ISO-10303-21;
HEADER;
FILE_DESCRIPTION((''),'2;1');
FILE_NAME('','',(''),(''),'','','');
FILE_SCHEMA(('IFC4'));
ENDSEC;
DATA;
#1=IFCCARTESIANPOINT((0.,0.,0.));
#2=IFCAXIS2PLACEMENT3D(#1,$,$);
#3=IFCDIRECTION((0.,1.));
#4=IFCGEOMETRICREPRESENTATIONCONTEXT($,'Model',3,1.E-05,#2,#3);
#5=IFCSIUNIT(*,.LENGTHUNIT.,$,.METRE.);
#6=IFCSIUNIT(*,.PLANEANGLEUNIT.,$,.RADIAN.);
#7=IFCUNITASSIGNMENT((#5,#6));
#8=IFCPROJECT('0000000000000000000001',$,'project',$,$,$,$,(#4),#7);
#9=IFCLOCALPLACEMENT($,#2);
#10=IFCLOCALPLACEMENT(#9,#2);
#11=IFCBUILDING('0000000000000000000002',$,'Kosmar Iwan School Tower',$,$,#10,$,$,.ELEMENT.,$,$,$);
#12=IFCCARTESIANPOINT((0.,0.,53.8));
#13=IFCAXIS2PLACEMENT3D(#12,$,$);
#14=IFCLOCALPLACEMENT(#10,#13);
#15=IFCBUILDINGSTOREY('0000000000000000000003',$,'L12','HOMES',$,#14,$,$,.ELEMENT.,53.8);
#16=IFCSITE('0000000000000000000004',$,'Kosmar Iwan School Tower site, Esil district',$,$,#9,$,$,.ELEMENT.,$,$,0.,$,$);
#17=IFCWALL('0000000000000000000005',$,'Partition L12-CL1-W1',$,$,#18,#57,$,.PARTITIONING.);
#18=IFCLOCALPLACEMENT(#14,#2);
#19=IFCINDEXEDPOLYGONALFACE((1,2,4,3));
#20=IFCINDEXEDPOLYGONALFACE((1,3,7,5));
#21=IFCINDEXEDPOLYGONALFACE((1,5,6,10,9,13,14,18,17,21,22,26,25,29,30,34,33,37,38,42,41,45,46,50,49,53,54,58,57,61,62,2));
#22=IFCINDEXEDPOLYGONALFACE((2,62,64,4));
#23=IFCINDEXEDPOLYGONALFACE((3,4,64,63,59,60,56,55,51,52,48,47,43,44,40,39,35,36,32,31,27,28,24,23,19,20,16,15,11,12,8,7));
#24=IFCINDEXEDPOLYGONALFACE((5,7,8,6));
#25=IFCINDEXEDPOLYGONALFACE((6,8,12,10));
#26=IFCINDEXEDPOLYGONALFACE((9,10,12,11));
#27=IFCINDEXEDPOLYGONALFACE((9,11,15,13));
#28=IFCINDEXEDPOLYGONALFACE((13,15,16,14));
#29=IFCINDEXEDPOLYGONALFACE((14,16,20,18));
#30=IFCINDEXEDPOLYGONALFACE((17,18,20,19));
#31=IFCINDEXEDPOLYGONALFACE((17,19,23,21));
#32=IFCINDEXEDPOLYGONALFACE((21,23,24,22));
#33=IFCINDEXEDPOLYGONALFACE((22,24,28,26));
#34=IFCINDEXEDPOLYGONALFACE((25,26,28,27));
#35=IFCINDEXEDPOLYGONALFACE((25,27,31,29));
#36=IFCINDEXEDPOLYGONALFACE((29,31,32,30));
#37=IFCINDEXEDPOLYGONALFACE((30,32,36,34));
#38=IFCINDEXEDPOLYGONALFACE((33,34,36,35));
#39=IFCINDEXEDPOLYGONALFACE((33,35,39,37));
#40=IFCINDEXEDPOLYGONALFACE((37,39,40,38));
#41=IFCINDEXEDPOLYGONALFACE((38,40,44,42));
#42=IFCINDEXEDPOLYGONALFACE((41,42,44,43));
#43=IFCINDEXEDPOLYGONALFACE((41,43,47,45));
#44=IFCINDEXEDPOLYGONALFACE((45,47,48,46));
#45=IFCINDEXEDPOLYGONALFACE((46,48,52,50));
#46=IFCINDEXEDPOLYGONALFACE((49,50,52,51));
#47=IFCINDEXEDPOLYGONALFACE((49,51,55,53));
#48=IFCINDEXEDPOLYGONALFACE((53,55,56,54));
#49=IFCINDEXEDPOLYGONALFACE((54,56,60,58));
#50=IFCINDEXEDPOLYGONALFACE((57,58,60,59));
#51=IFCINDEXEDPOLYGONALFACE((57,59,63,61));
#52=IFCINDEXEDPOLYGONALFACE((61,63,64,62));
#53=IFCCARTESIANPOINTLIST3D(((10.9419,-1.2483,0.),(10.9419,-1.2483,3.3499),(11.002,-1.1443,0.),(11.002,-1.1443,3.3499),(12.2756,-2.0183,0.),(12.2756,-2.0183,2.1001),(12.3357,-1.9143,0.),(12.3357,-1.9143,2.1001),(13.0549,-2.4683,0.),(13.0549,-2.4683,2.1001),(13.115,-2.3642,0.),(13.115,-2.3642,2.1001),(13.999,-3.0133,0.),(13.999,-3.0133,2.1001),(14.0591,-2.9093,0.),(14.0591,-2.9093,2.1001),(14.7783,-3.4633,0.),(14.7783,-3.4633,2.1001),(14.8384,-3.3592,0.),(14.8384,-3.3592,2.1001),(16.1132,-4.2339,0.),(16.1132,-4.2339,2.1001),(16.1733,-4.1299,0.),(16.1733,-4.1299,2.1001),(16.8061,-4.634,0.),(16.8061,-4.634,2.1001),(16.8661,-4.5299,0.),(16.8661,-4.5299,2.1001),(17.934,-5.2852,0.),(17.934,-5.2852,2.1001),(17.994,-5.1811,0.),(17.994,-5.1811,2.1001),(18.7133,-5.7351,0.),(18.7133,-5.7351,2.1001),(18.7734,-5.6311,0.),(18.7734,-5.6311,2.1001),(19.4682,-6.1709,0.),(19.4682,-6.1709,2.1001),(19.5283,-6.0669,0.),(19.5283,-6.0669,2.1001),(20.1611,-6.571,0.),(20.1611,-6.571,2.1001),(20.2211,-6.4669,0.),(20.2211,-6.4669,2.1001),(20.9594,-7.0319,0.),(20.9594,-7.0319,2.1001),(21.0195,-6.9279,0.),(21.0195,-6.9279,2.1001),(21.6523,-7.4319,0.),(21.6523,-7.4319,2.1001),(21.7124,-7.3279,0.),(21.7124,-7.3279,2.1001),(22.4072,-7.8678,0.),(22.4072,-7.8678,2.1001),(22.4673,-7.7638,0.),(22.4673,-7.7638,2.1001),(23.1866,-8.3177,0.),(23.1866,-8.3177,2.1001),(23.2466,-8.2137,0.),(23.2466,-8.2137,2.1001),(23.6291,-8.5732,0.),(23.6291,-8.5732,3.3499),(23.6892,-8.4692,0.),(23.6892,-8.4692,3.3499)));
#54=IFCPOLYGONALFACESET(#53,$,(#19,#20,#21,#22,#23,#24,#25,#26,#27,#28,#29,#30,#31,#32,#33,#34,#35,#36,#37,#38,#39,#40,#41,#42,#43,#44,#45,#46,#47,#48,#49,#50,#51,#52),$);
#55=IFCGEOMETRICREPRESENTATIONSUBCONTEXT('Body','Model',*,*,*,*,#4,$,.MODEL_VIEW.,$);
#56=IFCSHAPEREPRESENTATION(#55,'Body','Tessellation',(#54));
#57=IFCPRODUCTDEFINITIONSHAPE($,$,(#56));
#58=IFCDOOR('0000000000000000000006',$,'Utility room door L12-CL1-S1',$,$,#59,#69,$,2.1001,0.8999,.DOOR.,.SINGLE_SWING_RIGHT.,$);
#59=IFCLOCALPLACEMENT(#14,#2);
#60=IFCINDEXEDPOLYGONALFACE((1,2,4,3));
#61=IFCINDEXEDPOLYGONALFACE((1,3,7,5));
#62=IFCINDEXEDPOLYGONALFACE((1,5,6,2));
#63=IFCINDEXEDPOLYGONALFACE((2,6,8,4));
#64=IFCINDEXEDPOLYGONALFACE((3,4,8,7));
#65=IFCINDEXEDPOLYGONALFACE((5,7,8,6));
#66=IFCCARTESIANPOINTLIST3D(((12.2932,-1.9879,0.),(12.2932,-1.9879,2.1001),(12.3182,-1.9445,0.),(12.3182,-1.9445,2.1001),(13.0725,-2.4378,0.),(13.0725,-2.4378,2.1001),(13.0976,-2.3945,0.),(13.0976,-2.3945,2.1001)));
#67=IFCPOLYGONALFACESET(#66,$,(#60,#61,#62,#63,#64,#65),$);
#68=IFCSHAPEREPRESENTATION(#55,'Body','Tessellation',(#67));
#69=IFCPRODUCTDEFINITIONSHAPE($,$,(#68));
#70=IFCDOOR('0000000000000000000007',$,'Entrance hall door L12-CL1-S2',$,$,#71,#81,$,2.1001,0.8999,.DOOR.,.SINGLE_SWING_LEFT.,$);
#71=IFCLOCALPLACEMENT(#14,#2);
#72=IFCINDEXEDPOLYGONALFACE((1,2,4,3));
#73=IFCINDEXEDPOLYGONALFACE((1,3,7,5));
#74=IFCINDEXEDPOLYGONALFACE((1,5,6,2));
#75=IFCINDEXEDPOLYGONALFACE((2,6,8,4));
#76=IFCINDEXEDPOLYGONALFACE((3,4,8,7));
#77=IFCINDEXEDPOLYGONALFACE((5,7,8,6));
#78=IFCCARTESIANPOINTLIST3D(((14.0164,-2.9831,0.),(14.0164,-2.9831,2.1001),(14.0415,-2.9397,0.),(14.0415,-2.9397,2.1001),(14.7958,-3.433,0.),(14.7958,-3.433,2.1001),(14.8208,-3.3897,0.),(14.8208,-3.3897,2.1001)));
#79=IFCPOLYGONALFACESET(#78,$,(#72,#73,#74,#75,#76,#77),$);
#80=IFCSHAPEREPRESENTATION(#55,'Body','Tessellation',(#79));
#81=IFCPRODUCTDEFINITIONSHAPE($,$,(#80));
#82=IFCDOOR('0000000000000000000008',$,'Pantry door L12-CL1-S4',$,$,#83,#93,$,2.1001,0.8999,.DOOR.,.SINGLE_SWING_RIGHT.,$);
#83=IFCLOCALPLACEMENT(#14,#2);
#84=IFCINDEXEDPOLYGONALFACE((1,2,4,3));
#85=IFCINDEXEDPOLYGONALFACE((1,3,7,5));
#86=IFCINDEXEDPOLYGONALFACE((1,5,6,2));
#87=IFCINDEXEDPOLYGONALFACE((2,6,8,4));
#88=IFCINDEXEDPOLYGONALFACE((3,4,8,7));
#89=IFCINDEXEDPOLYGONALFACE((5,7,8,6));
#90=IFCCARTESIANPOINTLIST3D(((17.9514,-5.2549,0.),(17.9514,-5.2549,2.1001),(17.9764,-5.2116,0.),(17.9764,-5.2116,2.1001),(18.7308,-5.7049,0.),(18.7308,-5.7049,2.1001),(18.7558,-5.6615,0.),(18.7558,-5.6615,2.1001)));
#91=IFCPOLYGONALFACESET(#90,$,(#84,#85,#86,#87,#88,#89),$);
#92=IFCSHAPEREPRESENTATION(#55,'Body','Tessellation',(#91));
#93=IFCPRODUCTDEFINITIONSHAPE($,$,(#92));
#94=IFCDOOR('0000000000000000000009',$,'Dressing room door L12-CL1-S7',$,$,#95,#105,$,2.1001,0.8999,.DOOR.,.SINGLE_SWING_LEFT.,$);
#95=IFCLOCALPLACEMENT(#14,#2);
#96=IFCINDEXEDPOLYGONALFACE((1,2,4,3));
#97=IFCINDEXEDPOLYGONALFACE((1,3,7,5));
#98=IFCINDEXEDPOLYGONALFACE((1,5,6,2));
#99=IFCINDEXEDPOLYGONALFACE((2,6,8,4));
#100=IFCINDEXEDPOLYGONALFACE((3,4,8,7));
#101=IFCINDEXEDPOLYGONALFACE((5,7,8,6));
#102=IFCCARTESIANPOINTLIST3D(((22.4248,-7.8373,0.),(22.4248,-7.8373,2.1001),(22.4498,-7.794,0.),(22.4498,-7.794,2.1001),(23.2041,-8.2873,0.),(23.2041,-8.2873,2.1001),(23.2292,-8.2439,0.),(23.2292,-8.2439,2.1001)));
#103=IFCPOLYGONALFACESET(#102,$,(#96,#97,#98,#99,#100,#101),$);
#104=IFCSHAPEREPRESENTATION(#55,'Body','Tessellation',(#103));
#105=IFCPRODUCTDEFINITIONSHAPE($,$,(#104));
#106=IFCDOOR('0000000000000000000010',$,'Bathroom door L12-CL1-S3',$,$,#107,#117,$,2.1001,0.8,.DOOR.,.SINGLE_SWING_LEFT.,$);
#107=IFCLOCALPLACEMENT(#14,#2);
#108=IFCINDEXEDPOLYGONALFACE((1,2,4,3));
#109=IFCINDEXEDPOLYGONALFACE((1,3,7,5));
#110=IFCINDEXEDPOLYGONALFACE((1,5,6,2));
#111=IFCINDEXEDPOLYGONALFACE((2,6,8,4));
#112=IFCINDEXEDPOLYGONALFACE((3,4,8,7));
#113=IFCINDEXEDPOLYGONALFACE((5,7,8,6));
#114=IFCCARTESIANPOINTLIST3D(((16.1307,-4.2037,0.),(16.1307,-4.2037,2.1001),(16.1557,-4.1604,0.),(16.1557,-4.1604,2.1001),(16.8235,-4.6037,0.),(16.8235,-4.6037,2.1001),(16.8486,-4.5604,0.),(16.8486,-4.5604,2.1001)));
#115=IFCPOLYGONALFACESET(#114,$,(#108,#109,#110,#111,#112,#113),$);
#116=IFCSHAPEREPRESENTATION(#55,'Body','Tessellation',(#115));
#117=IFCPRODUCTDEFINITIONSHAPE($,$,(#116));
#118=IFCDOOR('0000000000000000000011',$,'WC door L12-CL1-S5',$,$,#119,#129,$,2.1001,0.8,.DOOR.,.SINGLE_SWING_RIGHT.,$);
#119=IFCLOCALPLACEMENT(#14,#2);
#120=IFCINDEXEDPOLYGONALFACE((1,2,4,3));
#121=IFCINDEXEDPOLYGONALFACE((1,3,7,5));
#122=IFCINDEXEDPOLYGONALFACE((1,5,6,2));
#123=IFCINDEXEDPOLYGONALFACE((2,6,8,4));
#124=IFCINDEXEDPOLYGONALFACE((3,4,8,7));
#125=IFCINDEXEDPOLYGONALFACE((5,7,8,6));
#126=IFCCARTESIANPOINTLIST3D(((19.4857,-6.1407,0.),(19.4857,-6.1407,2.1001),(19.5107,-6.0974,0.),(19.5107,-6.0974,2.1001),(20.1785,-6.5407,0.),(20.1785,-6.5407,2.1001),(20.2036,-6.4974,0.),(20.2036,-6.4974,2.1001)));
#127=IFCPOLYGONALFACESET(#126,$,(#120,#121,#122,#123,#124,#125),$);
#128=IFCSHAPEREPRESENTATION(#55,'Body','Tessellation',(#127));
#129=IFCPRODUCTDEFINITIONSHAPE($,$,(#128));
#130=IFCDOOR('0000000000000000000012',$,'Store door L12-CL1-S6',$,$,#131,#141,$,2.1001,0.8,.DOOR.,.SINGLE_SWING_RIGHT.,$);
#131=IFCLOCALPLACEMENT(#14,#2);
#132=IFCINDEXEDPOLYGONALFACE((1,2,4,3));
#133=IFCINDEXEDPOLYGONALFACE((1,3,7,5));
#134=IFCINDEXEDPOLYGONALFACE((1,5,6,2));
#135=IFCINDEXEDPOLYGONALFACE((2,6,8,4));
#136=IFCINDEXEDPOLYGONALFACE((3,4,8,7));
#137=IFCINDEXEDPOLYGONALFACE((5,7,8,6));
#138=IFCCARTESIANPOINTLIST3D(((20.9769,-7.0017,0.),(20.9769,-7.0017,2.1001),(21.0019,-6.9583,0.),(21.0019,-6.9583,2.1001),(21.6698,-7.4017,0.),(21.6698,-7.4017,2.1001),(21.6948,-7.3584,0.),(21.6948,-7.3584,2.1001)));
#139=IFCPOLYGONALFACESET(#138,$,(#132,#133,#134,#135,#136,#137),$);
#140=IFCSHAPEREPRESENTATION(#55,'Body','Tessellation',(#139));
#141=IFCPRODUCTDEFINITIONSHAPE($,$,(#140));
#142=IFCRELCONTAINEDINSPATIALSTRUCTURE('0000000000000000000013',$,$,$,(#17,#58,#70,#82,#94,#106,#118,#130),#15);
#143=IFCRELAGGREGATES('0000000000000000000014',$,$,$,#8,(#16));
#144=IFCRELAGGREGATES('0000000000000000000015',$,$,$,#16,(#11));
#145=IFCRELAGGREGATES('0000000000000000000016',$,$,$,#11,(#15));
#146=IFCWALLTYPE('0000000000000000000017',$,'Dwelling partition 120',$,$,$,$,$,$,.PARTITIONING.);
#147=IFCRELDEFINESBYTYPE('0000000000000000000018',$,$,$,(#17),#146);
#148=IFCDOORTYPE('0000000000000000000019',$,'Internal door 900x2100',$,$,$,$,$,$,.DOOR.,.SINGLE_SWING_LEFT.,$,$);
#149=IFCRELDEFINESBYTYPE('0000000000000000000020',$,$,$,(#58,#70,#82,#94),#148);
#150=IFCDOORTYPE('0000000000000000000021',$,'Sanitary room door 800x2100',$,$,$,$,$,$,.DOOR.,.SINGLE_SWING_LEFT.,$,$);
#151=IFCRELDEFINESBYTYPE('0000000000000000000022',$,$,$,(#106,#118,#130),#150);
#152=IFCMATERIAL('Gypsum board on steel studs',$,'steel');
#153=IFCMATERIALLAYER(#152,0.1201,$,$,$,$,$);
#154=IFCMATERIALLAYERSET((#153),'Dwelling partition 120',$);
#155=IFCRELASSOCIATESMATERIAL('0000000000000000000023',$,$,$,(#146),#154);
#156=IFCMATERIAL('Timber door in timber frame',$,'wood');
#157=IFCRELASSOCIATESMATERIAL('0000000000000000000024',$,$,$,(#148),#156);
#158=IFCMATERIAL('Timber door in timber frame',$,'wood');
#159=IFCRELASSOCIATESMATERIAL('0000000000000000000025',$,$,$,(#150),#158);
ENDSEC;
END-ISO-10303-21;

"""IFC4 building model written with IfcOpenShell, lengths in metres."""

from ifc_helpers import new_model, si_unit, direction, frame, frame_2d, origin, place, context, subcontext, project, spatial, rectangle, extrude, material, layer, layer_set, type_object, element, fill, save


model = new_model("IFC4")

# Units and contexts
model_context = context("Model", 3, precision=1e-05, world=origin(), true_north=direction((0.0, 1.0)))
body_context = subcontext(model_context, "Body", "Model", "MODEL_VIEW")
ifc_project = project(units=[si_unit("LENGTHUNIT", "METRE"), si_unit("PLANEANGLEUNIT", "RADIAN")], contexts=[model_context])

# Site, building, storey
site_placement = place(None, origin())
site = spatial("IfcSite", under=ifc_project, at=site_placement, Name="Kosmar Iwan School Tower site, Esil district", CompositionType="ELEMENT", RefElevation=0.0)
building_placement = place(site_placement, origin())
building = spatial("IfcBuilding", under=site, at=building_placement, Name="Kosmar Iwan School Tower", CompositionType="ELEMENT")
storey_placement = place(building_placement, frame((0.0, 0.0, 53.8)))
storey = spatial("IfcBuildingStorey", under=building, at=storey_placement, Name="L12", Description="HOMES", CompositionType="ELEMENT", Elevation=53.8)

# Wall, openings, doors
ifc_material_1 = material(Name="Gypsum board on steel studs", Category="steel")
ifc_layer_1 = layer(ifc_material_1, 0.1201)
ifc_layer_set_1 = layer_set([ifc_layer_1], Name="Dwelling partition 120")
wall_type_1 = type_object("IfcWallType", Name="Dwelling partition 120", PredefinedType="PARTITIONING", material=ifc_layer_set_1)
wall_1_placement = place(storey_placement, frame((10.9719, -1.1963, 0.0), z_axis=(0.0, 0.0, 1.0), x_axis=(0.866027, -0.499998, 0.0)))
wall_1 = element("IfcWall", 1, at=wall_1_placement, inside=storey, type_object=wall_type_1, Name="Partition L12-CL1-W1", PredefinedType="PARTITIONING", context=body_context, shape_type="SweptSolid", body=[
    extrude(rectangle(XDim=14.6499, YDim=0.1201, at=frame_2d((7.325, 0.0))), origin(), (0.0, 0.0, 1.0), 3.3499),
])
opening_1_placement = place(wall_1_placement, frame((1.54, 0.0, 0.0)))
opening_1 = element("IfcOpeningElement", 2, at=opening_1_placement, cuts=wall_1, PredefinedType="OPENING", context=body_context, shape_type="SweptSolid", body=[
    extrude(rectangle(XDim=0.8999, YDim=2.1001, at=frame_2d((0.45, 1.05))), frame((0.0, 0.072, 0.0), z_axis=(0.0, -1.0, 0.0), x_axis=(1.0, 0.0, 0.0)), (0.0, 0.0, 1.0), 0.144),
])
opening_2_placement = place(wall_1_placement, frame((3.53, 0.0, 0.0)))
opening_2 = element("IfcOpeningElement", 3, at=opening_2_placement, cuts=wall_1, PredefinedType="OPENING", context=body_context, shape_type="SweptSolid", body=[
    extrude(rectangle(XDim=0.8999, YDim=2.1001, at=frame_2d((0.45, 1.05))), frame((0.0, 0.072, 0.0), z_axis=(0.0, -1.0, 0.0), x_axis=(1.0, 0.0, 0.0)), (0.0, 0.0, 1.0), 0.144),
])
opening_3_placement = place(wall_1_placement, frame((5.9714, 0.0, 0.0)))
opening_3 = element("IfcOpeningElement", 4, at=opening_3_placement, cuts=wall_1, PredefinedType="OPENING", context=body_context, shape_type="SweptSolid", body=[
    extrude(rectangle(XDim=0.8, YDim=2.1001, at=frame_2d((0.3999, 1.05))), frame((0.0, 0.072, 0.0), z_axis=(0.0, -1.0, 0.0), x_axis=(1.0, 0.0, 0.0)), (0.0, 0.0, 1.0), 0.144),
])
opening_4_placement = place(wall_1_placement, frame((8.0737, 0.0, 0.0)))
opening_4 = element("IfcOpeningElement", 5, at=opening_4_placement, cuts=wall_1, PredefinedType="OPENING", context=body_context, shape_type="SweptSolid", body=[
    extrude(rectangle(XDim=0.8999, YDim=2.1001, at=frame_2d((0.45, 1.05))), frame((0.0, 0.072, 0.0), z_axis=(0.0, -1.0, 0.0), x_axis=(1.0, 0.0, 0.0)), (0.0, 0.0, 1.0), 0.144),
])
opening_5_placement = place(wall_1_placement, frame((9.8455, 0.0, 0.0)))
opening_5 = element("IfcOpeningElement", 6, at=opening_5_placement, cuts=wall_1, PredefinedType="OPENING", context=body_context, shape_type="SweptSolid", body=[
    extrude(rectangle(XDim=0.8, YDim=2.1001, at=frame_2d((0.3999, 1.05))), frame((0.0, 0.072, 0.0), z_axis=(0.0, -1.0, 0.0), x_axis=(1.0, 0.0, 0.0)), (0.0, 0.0, 1.0), 0.144),
])
opening_6_placement = place(wall_1_placement, frame((11.5674, 0.0, 0.0)))
opening_6 = element("IfcOpeningElement", 7, at=opening_6_placement, cuts=wall_1, PredefinedType="OPENING", context=body_context, shape_type="SweptSolid", body=[
    extrude(rectangle(XDim=0.8, YDim=2.1001, at=frame_2d((0.3999, 1.05))), frame((0.0, 0.072, 0.0), z_axis=(0.0, -1.0, 0.0), x_axis=(1.0, 0.0, 0.0)), (0.0, 0.0, 1.0), 0.144),
])
opening_7_placement = place(wall_1_placement, frame((13.239, 0.0, 0.0)))
opening_7 = element("IfcOpeningElement", 8, at=opening_7_placement, cuts=wall_1, PredefinedType="OPENING", context=body_context, shape_type="SweptSolid", body=[
    extrude(rectangle(XDim=0.8999, YDim=2.1001, at=frame_2d((0.45, 1.05))), frame((0.0, 0.072, 0.0), z_axis=(0.0, -1.0, 0.0), x_axis=(1.0, 0.0, 0.0)), (0.0, 0.0, 1.0), 0.144),
])
ifc_material_2 = material(Name="Timber door in timber frame", Category="wood")
door_type_1 = type_object("IfcDoorType", Name="Internal door 900x2100", OperationType="SINGLE_SWING_LEFT", PredefinedType="DOOR", material=ifc_material_2)
door_1_placement = place(opening_1_placement, frame((0.8999, 0.0, 0.0), z_axis=(0.0, 0.0, 1.0), x_axis=(-1.0, 0.0, 0.0)))
door_1 = element("IfcDoor", 9, at=door_1_placement, inside=storey, type_object=door_type_1, Name="Utility room door L12-CL1-S1", OperationType="SINGLE_SWING_RIGHT", OverallHeight=2.1001, OverallWidth=0.8999, PredefinedType="DOOR", context=body_context, shape_type="SweptSolid", body=[
    extrude(rectangle(XDim=0.8999, YDim=2.1001, at=frame_2d((0.45, 1.05))), frame((0.0, 0.0249, 0.0), z_axis=(0.0, -1.0, 0.0), x_axis=(1.0, 0.0, 0.0)), (0.0, 0.0, 1.0), 0.05),
])
fill(opening_1, door_1)
door_2_placement = place(opening_2_placement, origin())
door_2 = element("IfcDoor", 10, at=door_2_placement, inside=storey, type_object=door_type_1, Name="Entrance hall door L12-CL1-S2", OperationType="SINGLE_SWING_LEFT", OverallHeight=2.1001, OverallWidth=0.8999, PredefinedType="DOOR", context=body_context, shape_type="SweptSolid", body=[
    extrude(rectangle(XDim=0.8999, YDim=2.1001, at=frame_2d((0.45, 1.05))), frame((0.0, 0.0249, 0.0), z_axis=(0.0, -1.0, 0.0), x_axis=(1.0, 0.0, 0.0)), (0.0, 0.0, 1.0), 0.05),
])
fill(opening_2, door_2)
door_3_placement = place(opening_4_placement, origin())
door_3 = element("IfcDoor", 11, at=door_3_placement, inside=storey, type_object=door_type_1, Name="Pantry door L12-CL1-S4", OperationType="SINGLE_SWING_RIGHT", OverallHeight=2.1001, OverallWidth=0.8999, PredefinedType="DOOR", context=body_context, shape_type="SweptSolid", body=[
    extrude(rectangle(XDim=0.8999, YDim=2.1001, at=frame_2d((0.45, 1.05))), frame((0.0, 0.0249, 0.0), z_axis=(0.0, -1.0, 0.0), x_axis=(1.0, 0.0, 0.0)), (0.0, 0.0, 1.0), 0.05),
])
fill(opening_4, door_3)
door_4_placement = place(opening_7_placement, frame((0.8999, 0.0, 0.0), z_axis=(0.0, 0.0, 1.0), x_axis=(-1.0, 0.0, 0.0)))
door_4 = element("IfcDoor", 12, at=door_4_placement, inside=storey, type_object=door_type_1, Name="Dressing room door L12-CL1-S7", OperationType="SINGLE_SWING_LEFT", OverallHeight=2.1001, OverallWidth=0.8999, PredefinedType="DOOR", context=body_context, shape_type="SweptSolid", body=[
    extrude(rectangle(XDim=0.8999, YDim=2.1001, at=frame_2d((0.45, 1.05))), frame((0.0, 0.0249, 0.0), z_axis=(0.0, -1.0, 0.0), x_axis=(1.0, 0.0, 0.0)), (0.0, 0.0, 1.0), 0.05),
])
fill(opening_7, door_4)
ifc_material_3 = material(Name="Timber door in timber frame", Category="wood")
door_type_2 = type_object("IfcDoorType", Name="Sanitary room door 800x2100", OperationType="SINGLE_SWING_LEFT", PredefinedType="DOOR", material=ifc_material_3)
door_5_placement = place(opening_3_placement, origin())
door_5 = element("IfcDoor", 13, at=door_5_placement, inside=storey, type_object=door_type_2, Name="Bathroom door L12-CL1-S3", OperationType="SINGLE_SWING_LEFT", OverallHeight=2.1001, OverallWidth=0.8, PredefinedType="DOOR", context=body_context, shape_type="SweptSolid", body=[
    extrude(rectangle(XDim=0.8, YDim=2.1001, at=frame_2d((0.3999, 1.05))), frame((0.0, 0.0249, 0.0), z_axis=(0.0, -1.0, 0.0), x_axis=(1.0, 0.0, 0.0)), (0.0, 0.0, 1.0), 0.05),
])
fill(opening_3, door_5)
door_6_placement = place(opening_5_placement, origin())
door_6 = element("IfcDoor", 14, at=door_6_placement, inside=storey, type_object=door_type_2, Name="WC door L12-CL1-S5", OperationType="SINGLE_SWING_RIGHT", OverallHeight=2.1001, OverallWidth=0.8, PredefinedType="DOOR", context=body_context, shape_type="SweptSolid", body=[
    extrude(rectangle(XDim=0.8, YDim=2.1001, at=frame_2d((0.3999, 1.05))), frame((0.0, 0.0249, 0.0), z_axis=(0.0, -1.0, 0.0), x_axis=(1.0, 0.0, 0.0)), (0.0, 0.0, 1.0), 0.05),
])
fill(opening_5, door_6)
door_7_placement = place(opening_6_placement, origin())
door_7 = element("IfcDoor", 15, at=door_7_placement, inside=storey, type_object=door_type_2, Name="Store door L12-CL1-S6", OperationType="SINGLE_SWING_RIGHT", OverallHeight=2.1001, OverallWidth=0.8, PredefinedType="DOOR", context=body_context, shape_type="SweptSolid", body=[
    extrude(rectangle(XDim=0.8, YDim=2.1001, at=frame_2d((0.3999, 1.05))), frame((0.0, 0.0249, 0.0), z_axis=(0.0, -1.0, 0.0), x_axis=(1.0, 0.0, 0.0)), (0.0, 0.0, 1.0), 0.05),
])
fill(opening_6, door_7)

save(model, "model.ifc")
